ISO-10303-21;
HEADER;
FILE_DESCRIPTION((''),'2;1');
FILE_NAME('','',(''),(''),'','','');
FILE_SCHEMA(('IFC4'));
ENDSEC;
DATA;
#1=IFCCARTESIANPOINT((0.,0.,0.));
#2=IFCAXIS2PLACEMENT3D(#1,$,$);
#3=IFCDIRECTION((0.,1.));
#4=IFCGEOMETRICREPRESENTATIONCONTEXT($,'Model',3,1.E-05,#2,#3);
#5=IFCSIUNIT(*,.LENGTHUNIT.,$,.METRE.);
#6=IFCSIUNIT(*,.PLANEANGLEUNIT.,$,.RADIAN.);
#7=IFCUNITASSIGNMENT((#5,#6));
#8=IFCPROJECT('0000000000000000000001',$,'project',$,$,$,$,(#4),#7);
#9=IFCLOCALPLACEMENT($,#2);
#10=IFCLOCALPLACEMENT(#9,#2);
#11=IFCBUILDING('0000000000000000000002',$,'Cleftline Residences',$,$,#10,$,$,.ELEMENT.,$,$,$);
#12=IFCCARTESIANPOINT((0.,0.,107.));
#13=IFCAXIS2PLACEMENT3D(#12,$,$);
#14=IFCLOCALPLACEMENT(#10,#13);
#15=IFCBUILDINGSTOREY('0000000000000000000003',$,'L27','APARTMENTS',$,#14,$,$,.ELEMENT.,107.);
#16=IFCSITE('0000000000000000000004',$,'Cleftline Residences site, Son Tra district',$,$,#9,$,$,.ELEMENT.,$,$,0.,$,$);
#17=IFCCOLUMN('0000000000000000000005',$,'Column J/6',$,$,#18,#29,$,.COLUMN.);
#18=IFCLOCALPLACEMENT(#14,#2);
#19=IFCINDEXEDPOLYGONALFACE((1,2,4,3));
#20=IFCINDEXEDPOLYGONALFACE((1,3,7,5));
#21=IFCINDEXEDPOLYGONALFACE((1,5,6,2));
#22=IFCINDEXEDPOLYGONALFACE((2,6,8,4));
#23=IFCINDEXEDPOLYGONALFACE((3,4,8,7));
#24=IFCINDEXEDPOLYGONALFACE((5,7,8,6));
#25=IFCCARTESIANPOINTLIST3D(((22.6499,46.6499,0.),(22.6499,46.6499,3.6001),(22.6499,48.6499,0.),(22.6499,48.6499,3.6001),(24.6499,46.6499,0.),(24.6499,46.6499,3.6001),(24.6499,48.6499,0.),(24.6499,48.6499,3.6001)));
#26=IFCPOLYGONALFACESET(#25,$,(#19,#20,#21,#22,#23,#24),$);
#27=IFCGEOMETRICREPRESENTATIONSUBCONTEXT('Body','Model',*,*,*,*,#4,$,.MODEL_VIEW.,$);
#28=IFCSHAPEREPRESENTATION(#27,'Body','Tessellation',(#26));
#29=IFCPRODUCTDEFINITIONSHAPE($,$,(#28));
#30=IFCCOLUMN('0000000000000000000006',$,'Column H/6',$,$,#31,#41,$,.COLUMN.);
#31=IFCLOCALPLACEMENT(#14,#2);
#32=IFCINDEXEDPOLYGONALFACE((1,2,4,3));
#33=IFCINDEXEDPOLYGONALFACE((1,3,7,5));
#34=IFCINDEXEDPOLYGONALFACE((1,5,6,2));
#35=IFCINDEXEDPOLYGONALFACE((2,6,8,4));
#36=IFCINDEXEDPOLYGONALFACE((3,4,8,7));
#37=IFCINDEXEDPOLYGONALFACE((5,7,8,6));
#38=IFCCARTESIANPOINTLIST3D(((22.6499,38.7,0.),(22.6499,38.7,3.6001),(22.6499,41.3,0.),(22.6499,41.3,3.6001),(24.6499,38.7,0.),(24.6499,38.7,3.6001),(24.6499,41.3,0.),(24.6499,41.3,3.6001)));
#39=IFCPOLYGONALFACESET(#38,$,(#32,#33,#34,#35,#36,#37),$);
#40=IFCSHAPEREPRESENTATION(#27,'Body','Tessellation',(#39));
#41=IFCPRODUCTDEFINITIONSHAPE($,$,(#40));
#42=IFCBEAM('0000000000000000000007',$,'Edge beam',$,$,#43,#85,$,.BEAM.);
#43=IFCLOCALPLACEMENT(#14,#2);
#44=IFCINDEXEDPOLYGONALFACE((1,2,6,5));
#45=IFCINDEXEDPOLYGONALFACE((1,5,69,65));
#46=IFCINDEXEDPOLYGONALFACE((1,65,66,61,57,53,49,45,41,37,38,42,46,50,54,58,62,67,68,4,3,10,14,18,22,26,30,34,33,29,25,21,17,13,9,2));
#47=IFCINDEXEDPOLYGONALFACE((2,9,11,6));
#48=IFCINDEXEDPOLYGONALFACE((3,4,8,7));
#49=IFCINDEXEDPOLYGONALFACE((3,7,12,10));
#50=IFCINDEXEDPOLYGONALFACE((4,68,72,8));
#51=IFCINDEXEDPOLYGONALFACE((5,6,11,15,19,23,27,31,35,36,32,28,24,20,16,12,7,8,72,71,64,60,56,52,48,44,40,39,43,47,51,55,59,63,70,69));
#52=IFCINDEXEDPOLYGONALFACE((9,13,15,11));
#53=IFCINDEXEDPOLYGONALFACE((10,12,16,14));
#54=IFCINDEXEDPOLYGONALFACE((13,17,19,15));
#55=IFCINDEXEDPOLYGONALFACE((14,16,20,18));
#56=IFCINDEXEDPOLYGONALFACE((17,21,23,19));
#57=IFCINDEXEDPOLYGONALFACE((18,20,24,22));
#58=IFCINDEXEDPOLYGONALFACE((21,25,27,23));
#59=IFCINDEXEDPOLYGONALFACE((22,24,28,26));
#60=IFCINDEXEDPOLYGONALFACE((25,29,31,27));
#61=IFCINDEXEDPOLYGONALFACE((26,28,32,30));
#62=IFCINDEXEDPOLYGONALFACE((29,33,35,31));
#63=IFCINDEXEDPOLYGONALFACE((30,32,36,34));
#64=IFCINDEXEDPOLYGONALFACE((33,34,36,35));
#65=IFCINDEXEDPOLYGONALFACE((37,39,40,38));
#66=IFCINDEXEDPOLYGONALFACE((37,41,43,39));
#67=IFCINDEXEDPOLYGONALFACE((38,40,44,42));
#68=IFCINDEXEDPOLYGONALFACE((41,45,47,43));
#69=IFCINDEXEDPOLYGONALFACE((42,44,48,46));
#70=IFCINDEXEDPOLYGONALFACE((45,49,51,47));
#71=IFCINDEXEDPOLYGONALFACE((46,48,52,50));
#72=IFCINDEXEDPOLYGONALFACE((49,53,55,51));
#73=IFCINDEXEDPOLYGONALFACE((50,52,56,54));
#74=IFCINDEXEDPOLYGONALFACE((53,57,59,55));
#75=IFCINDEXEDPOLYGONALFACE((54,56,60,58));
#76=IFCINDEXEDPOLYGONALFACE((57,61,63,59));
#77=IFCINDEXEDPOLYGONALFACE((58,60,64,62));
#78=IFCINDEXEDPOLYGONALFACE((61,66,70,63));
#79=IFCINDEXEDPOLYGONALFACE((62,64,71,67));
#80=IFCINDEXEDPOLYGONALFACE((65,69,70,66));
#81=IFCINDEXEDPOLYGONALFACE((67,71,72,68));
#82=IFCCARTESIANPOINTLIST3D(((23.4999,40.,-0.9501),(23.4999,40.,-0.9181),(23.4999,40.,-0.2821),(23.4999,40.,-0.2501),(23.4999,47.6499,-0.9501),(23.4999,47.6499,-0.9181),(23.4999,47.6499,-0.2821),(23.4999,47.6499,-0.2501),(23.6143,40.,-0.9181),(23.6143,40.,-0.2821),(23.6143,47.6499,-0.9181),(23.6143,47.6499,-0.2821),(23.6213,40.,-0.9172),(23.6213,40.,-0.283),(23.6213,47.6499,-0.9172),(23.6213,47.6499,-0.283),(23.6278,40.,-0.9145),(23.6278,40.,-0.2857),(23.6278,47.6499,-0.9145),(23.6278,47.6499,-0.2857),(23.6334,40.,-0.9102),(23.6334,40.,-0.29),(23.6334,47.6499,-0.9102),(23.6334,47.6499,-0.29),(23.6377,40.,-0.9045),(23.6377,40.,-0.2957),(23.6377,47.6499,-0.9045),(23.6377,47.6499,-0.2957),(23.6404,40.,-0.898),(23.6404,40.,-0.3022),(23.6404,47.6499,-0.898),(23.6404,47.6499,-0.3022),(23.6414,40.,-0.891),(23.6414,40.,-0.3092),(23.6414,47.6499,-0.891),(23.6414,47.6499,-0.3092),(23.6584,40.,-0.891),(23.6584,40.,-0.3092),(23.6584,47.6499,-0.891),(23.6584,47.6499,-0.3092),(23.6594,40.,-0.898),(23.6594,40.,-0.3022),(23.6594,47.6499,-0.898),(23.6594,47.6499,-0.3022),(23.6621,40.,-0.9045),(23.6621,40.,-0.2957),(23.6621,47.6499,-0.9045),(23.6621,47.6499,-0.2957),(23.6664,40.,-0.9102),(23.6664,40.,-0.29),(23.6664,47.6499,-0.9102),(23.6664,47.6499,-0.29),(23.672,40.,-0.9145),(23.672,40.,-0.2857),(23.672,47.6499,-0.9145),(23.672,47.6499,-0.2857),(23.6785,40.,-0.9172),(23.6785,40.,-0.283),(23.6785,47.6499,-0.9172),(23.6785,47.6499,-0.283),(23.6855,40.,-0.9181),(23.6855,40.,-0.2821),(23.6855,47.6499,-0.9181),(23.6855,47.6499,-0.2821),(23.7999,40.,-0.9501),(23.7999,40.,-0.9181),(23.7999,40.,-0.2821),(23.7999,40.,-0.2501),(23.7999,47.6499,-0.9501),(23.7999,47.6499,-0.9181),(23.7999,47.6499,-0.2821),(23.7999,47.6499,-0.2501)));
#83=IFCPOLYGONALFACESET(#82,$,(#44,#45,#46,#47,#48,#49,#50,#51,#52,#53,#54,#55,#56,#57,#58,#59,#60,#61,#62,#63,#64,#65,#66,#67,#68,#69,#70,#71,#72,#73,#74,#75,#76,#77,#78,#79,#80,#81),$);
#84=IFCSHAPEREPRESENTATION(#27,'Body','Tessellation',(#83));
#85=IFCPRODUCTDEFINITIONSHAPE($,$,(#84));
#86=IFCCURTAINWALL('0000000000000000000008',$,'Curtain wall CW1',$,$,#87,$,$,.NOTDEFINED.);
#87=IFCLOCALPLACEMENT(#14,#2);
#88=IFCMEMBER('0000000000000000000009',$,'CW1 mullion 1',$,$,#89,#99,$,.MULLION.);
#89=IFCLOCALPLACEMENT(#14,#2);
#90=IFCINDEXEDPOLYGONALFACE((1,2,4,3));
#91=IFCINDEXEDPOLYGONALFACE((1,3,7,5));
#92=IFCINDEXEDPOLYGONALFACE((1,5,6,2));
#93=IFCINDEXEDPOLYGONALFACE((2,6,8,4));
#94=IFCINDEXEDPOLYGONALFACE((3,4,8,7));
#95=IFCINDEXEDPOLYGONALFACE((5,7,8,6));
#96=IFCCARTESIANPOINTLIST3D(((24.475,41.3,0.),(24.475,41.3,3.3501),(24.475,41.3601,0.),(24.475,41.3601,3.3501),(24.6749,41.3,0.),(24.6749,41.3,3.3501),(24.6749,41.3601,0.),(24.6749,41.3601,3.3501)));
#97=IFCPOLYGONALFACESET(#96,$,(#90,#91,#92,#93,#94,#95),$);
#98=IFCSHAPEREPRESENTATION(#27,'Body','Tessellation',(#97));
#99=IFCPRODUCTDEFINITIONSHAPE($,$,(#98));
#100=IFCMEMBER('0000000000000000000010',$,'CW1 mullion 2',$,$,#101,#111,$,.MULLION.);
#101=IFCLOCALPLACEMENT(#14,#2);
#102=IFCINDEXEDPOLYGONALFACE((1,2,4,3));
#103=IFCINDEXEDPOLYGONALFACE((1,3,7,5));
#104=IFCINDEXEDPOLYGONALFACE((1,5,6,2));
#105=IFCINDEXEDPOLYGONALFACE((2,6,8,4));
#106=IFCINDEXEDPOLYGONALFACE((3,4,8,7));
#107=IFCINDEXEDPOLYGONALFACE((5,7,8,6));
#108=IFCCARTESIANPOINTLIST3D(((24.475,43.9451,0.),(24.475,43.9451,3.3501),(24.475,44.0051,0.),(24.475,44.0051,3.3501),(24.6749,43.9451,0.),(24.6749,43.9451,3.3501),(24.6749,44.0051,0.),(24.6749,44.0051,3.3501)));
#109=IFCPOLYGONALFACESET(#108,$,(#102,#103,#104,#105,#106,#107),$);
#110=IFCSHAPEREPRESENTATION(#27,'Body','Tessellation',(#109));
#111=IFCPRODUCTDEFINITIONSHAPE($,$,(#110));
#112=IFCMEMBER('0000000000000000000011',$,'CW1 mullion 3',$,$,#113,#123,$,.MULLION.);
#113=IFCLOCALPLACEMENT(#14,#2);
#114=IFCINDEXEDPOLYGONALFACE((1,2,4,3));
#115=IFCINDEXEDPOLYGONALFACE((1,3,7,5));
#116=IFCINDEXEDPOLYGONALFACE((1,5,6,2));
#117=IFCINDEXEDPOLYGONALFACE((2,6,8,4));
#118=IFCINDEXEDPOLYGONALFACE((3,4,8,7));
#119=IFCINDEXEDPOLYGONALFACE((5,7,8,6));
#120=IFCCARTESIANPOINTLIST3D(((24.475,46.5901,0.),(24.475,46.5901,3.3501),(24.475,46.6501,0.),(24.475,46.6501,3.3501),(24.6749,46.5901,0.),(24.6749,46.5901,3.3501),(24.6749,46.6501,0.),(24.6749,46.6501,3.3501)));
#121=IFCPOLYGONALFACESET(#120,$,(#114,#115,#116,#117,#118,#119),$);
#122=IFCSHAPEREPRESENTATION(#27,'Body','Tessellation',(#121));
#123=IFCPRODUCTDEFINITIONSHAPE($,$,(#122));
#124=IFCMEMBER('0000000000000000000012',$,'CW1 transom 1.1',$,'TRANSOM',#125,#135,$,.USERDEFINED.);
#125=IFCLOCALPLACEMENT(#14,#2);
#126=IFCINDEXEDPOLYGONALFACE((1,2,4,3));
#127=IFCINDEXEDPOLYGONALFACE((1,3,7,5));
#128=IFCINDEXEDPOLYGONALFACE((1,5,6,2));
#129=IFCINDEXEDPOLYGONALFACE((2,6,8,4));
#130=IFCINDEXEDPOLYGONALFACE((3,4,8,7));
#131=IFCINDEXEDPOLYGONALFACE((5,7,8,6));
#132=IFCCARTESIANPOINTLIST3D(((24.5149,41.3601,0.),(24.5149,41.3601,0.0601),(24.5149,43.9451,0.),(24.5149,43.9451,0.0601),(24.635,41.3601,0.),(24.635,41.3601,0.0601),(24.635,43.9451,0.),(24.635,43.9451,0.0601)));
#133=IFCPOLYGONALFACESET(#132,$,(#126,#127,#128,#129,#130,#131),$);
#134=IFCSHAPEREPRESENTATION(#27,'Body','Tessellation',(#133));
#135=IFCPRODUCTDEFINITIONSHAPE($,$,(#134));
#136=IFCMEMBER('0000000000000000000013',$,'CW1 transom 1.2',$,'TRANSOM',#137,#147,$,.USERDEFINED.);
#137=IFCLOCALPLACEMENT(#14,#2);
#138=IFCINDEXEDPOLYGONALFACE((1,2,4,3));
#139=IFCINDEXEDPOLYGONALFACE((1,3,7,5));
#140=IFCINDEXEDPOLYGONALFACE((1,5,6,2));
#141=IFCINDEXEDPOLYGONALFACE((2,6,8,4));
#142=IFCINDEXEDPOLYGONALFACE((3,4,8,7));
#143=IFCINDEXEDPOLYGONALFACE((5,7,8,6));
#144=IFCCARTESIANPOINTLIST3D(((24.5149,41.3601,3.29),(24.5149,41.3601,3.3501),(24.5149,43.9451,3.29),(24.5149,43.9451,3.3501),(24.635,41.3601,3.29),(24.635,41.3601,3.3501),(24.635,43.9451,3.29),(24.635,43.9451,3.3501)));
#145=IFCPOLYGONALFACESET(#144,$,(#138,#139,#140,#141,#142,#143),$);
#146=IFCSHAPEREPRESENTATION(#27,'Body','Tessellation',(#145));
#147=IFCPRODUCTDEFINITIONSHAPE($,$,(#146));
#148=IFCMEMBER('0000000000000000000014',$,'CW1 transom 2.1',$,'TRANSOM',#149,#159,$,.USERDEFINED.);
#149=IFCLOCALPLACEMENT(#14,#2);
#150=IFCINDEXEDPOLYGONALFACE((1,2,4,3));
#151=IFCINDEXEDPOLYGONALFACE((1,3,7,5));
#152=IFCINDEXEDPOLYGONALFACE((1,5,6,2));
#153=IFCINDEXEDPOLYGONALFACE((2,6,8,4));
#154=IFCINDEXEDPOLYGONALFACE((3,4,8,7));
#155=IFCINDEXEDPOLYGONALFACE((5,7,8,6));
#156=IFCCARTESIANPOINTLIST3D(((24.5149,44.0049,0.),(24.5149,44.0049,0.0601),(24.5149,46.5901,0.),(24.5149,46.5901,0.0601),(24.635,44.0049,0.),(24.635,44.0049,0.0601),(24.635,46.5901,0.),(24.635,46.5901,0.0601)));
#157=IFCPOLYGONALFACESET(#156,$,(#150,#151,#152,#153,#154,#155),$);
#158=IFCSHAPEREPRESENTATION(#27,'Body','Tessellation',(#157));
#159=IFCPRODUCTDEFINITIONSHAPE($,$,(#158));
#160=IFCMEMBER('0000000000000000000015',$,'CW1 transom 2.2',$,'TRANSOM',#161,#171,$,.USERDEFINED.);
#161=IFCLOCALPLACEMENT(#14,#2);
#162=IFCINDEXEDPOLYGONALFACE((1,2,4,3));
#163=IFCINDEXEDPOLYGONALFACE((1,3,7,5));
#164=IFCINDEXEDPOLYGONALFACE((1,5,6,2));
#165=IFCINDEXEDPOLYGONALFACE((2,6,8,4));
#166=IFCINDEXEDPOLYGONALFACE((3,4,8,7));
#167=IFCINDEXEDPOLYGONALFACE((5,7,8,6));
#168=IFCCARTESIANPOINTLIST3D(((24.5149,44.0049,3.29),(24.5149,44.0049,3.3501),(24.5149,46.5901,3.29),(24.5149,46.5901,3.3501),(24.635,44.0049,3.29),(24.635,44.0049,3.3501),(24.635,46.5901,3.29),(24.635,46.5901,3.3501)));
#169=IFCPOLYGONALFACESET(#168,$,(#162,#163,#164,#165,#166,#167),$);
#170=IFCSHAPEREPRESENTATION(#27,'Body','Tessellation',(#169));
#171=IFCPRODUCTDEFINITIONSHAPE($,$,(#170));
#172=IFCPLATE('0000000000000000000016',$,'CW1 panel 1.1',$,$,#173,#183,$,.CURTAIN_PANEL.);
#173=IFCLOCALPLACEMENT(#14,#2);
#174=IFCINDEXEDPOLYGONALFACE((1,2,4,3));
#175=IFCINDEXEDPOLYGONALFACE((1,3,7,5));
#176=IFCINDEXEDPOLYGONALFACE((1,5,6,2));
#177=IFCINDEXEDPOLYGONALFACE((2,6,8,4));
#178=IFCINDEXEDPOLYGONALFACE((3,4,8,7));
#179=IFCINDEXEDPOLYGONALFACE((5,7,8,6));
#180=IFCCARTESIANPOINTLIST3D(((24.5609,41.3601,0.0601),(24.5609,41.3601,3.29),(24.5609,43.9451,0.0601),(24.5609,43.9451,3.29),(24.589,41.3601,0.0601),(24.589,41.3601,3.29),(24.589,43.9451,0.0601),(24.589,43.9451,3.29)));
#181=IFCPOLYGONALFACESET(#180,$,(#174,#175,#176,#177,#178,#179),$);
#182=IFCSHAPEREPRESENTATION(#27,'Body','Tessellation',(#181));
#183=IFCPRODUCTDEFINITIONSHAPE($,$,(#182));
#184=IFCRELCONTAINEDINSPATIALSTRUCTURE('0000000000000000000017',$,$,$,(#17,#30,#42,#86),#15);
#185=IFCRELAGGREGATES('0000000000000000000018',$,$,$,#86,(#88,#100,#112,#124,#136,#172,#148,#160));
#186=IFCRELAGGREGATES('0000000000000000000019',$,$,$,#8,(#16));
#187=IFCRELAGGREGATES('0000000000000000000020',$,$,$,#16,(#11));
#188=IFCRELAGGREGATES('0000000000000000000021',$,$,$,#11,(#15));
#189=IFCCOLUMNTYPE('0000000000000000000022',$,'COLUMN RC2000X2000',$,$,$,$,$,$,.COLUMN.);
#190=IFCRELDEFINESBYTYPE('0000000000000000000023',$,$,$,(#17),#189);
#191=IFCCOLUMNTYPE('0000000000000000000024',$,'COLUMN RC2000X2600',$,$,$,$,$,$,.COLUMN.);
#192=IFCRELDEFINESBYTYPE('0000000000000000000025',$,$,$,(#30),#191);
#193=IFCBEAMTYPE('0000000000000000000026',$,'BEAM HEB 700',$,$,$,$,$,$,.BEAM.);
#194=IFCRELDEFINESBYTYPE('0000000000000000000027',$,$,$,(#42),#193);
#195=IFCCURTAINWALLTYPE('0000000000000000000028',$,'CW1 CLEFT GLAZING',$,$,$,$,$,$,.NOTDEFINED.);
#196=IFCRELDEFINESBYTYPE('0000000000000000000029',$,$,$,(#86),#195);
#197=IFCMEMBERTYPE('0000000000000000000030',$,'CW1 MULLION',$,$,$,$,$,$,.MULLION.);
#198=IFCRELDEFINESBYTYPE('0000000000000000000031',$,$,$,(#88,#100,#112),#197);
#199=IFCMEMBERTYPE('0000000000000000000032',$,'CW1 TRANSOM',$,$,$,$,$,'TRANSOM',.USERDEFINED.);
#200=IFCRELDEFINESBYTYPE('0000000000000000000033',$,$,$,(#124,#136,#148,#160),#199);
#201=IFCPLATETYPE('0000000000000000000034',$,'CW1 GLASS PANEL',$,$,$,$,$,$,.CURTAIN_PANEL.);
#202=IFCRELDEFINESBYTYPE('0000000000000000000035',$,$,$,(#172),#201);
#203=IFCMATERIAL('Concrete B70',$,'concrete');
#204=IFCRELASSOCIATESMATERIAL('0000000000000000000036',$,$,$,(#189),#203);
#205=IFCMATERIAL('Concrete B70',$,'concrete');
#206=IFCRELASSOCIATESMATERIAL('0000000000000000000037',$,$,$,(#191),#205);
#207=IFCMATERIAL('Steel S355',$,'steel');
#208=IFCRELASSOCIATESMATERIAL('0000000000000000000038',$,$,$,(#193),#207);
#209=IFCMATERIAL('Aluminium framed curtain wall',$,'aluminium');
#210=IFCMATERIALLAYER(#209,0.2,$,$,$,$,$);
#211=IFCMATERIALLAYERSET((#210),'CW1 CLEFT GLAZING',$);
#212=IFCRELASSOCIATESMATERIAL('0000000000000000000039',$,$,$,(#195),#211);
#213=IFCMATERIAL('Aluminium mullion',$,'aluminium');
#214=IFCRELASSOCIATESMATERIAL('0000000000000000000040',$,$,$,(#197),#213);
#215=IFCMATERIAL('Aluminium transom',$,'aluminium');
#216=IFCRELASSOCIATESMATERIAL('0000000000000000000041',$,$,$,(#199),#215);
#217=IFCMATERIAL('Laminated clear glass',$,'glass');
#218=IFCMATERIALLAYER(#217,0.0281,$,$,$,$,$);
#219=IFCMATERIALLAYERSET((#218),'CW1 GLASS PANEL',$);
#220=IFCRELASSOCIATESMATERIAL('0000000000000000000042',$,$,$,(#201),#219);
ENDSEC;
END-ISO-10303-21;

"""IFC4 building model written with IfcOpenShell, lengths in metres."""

from ifc_helpers import new_model, si_unit, direction, frame, origin, origin_2d, place, context, subcontext, project, spatial, rectangle, i_section, extrude, material, layer, layer_set, material_profile, profile_set, type_object, element, aggregate, save


model = new_model("IFC4")

# Units and contexts
model_context = context("Model", 3, precision=1e-05, world=origin(), true_north=direction((0.0, 1.0)))
body_context = subcontext(model_context, "Body", "Model", "MODEL_VIEW")
ifc_project = project(units=[si_unit("LENGTHUNIT", "METRE"), si_unit("PLANEANGLEUNIT", "RADIAN")], contexts=[model_context])

# Site, building, storey
site_placement = place(None, origin())
site = spatial("IfcSite", under=ifc_project, at=site_placement, Name="Cleftline Residences site, Son Tra district", CompositionType="ELEMENT", RefElevation=0.0)
building_placement = place(site_placement, origin())
building = spatial("IfcBuilding", under=site, at=building_placement, Name="Cleftline Residences", CompositionType="ELEMENT")
storey_placement = place(building_placement, frame((0.0, 0.0, 107.0)))
storey = spatial("IfcBuildingStorey", under=building, at=storey_placement, Name="L27", Description="APARTMENTS", CompositionType="ELEMENT", Elevation=107.0)

# Columns
ifc_material_1 = material(Name="Concrete B70", Category="concrete")
ifc_material_profile_1 = material_profile(ifc_material_1, rectangle(XDim=2.0, YDim=2.0, at=origin_2d()))
ifc_profile_set_1 = profile_set([ifc_material_profile_1], Name="Concrete B70")
column_type_1 = type_object("IfcColumnType", Name="COLUMN RC2000X2000", PredefinedType="COLUMN", material=ifc_profile_set_1)
column_1_placement = place(storey_placement, frame((23.6499, 47.6499, 0.0), z_axis=(0.0, 0.0, 1.0), x_axis=(1.0, 0.0, 0.0)))
element("IfcColumn", 1, at=column_1_placement, inside=storey, type_object=column_type_1, Name="Column J/6", PredefinedType="COLUMN", context=body_context, shape_type="SweptSolid", body=[
    extrude(rectangle(XDim=2.0, YDim=2.0, at=origin_2d()), origin(), (0.0, 0.0, 1.0), 3.6001),
])
ifc_material_2 = material(Name="Concrete B70", Category="concrete")
ifc_material_profile_2 = material_profile(ifc_material_2, rectangle(XDim=2.0, YDim=2.6001, at=origin_2d()))
ifc_profile_set_2 = profile_set([ifc_material_profile_2], Name="Concrete B70")
column_type_2 = type_object("IfcColumnType", Name="COLUMN RC2000X2600", PredefinedType="COLUMN", material=ifc_profile_set_2)
column_2_placement = place(storey_placement, frame((23.6499, 40.0, 0.0), z_axis=(0.0, 0.0, 1.0), x_axis=(1.0, 0.0, 0.0)))
element("IfcColumn", 2, at=column_2_placement, inside=storey, type_object=column_type_2, Name="Column H/6", PredefinedType="COLUMN", context=body_context, shape_type="SweptSolid", body=[
    extrude(rectangle(XDim=2.0, YDim=2.6001, at=origin_2d()), origin(), (0.0, 0.0, 1.0), 3.6001),
])

# Beam
ifc_material_3 = material(Name="Steel S355", Category="steel")
ifc_material_profile_3 = material_profile(ifc_material_3, i_section(OverallWidth=0.3, OverallDepth=0.7, WebThickness=0.0171, FlangeThickness=0.032, FilletRadius=0.0271, at=origin_2d()))
ifc_profile_set_3 = profile_set([ifc_material_profile_3], Name="Steel S355")
beam_type = type_object("IfcBeamType", Name="BEAM HEB 700", PredefinedType="BEAM", material=ifc_profile_set_3)
beam_placement = place(storey_placement, frame((23.6499, 47.6499, -0.6001), z_axis=(0.0, -1.0, 0.0), x_axis=(1.0, 0.0, 0.0)))
element("IfcBeam", 3, at=beam_placement, inside=storey, type_object=beam_type, Name="Edge beam", PredefinedType="BEAM", context=body_context, shape_type="SweptSolid", body=[
    extrude(i_section(OverallWidth=0.3, OverallDepth=0.7, WebThickness=0.0171, FlangeThickness=0.032, FilletRadius=0.0271, at=origin_2d()), origin(), (0.0, 0.0, 1.0), 7.6499),
])

# Curtain wall, members, plate
ifc_material_4 = material(Name="Aluminium framed curtain wall", Category="aluminium")
ifc_layer_1 = layer(ifc_material_4, 0.2)
ifc_layer_set_1 = layer_set([ifc_layer_1], Name="CW1 CLEFT GLAZING")
curtain_wall_type = type_object("IfcCurtainWallType", Name="CW1 CLEFT GLAZING", PredefinedType="NOTDEFINED", material=ifc_layer_set_1)
curtain_wall_placement = place(storey_placement, origin())
curtain_wall = element("IfcCurtainWall", 4, at=curtain_wall_placement, inside=storey, type_object=curtain_wall_type, Name="Curtain wall CW1", PredefinedType="NOTDEFINED")
ifc_material_5 = material(Name="Aluminium mullion", Category="aluminium")
ifc_material_profile_4 = material_profile(ifc_material_5, rectangle(XDim=0.2, YDim=0.0601, at=origin_2d()))
ifc_profile_set_4 = profile_set([ifc_material_profile_4], Name="Aluminium mullion")
member_type_1 = type_object("IfcMemberType", Name="CW1 MULLION", PredefinedType="MULLION", material=ifc_profile_set_4)
member_1_placement = place(storey_placement, frame((24.575, 41.3301, 0.0), z_axis=(0.0, 0.0, 1.0), x_axis=(-1.0, 0.0, 0.0)))
member_1 = element("IfcMember", 5, at=member_1_placement, type_object=member_type_1, Name="CW1 mullion 1", PredefinedType="MULLION", context=body_context, shape_type="SweptSolid", body=[
    extrude(rectangle(XDim=0.2, YDim=0.0601, at=origin_2d()), origin(), (0.0, 0.0, 1.0), 3.3501),
])
member_2_placement = place(storey_placement, frame((24.575, 43.9751, 0.0), z_axis=(0.0, 0.0, 1.0), x_axis=(-1.0, 0.0, 0.0)))
member_2 = element("IfcMember", 6, at=member_2_placement, type_object=member_type_1, Name="CW1 mullion 2", PredefinedType="MULLION", context=body_context, shape_type="SweptSolid", body=[
    extrude(rectangle(XDim=0.2, YDim=0.0601, at=origin_2d()), origin(), (0.0, 0.0, 1.0), 3.3501),
])
member_3_placement = place(storey_placement, frame((24.575, 46.6201, 0.0), z_axis=(0.0, 0.0, 1.0), x_axis=(-1.0, 0.0, 0.0)))
member_3 = element("IfcMember", 7, at=member_3_placement, type_object=member_type_1, Name="CW1 mullion 3", PredefinedType="MULLION", context=body_context, shape_type="SweptSolid", body=[
    extrude(rectangle(XDim=0.2, YDim=0.0601, at=origin_2d()), origin(), (0.0, 0.0, 1.0), 3.3501),
])
ifc_material_6 = material(Name="Aluminium transom", Category="aluminium")
ifc_material_profile_5 = material_profile(ifc_material_6, rectangle(XDim=0.1201, YDim=0.0601, at=origin_2d()))
ifc_profile_set_5 = profile_set([ifc_material_profile_5], Name="Aluminium transom")
member_type_2 = type_object("IfcMemberType", Name="CW1 TRANSOM", ElementType="TRANSOM", PredefinedType="USERDEFINED", material=ifc_profile_set_5)
member_4_placement = place(storey_placement, frame((24.575, 41.3601, 0.03), z_axis=(0.0, 1.0, 0.0), x_axis=(-1.0, 0.0, 0.0)))
member_4 = element("IfcMember", 8, at=member_4_placement, type_object=member_type_2, Name="CW1 transom 1.1", ObjectType="TRANSOM", PredefinedType="USERDEFINED", context=body_context, shape_type="SweptSolid", body=[
    extrude(rectangle(XDim=0.1201, YDim=0.0601, at=origin_2d()), origin(), (0.0, 0.0, 1.0), 2.585),
])
member_5_placement = place(storey_placement, frame((24.575, 41.3601, 3.3201), z_axis=(0.0, 1.0, 0.0), x_axis=(-1.0, 0.0, 0.0)))
member_5 = element("IfcMember", 9, at=member_5_placement, type_object=member_type_2, Name="CW1 transom 1.2", ObjectType="TRANSOM", PredefinedType="USERDEFINED", context=body_context, shape_type="SweptSolid", body=[
    extrude(rectangle(XDim=0.1201, YDim=0.0601, at=origin_2d()), origin(), (0.0, 0.0, 1.0), 2.585),
])
member_6_placement = place(storey_placement, frame((24.575, 44.0049, 0.03), z_axis=(0.0, 1.0, 0.0), x_axis=(-1.0, 0.0, 0.0)))
member_6 = element("IfcMember", 10, at=member_6_placement, type_object=member_type_2, Name="CW1 transom 2.1", ObjectType="TRANSOM", PredefinedType="USERDEFINED", context=body_context, shape_type="SweptSolid", body=[
    extrude(rectangle(XDim=0.1201, YDim=0.0601, at=origin_2d()), origin(), (0.0, 0.0, 1.0), 2.5852),
])
member_7_placement = place(storey_placement, frame((24.575, 44.0049, 3.3201), z_axis=(0.0, 1.0, 0.0), x_axis=(-1.0, 0.0, 0.0)))
member_7 = element("IfcMember", 11, at=member_7_placement, type_object=member_type_2, Name="CW1 transom 2.2", ObjectType="TRANSOM", PredefinedType="USERDEFINED", context=body_context, shape_type="SweptSolid", body=[
    extrude(rectangle(XDim=0.1201, YDim=0.0601, at=origin_2d()), origin(), (0.0, 0.0, 1.0), 2.5852),
])
ifc_material_7 = material(Name="Laminated clear glass", Category="glass")
ifc_layer_2 = layer(ifc_material_7, 0.0281)
ifc_layer_set_2 = layer_set([ifc_layer_2], Name="CW1 GLASS PANEL")
plate_type = type_object("IfcPlateType", Name="CW1 GLASS PANEL", PredefinedType="CURTAIN_PANEL", material=ifc_layer_set_2)
plate_1_placement = place(storey_placement, frame((24.575, 42.6526, 0.0601), z_axis=(0.0, 0.0, 1.0), x_axis=(0.0, 1.0, 0.0)))
plate_1 = element("IfcPlate", 12, at=plate_1_placement, type_object=plate_type, Name="CW1 panel 1.1", PredefinedType="CURTAIN_PANEL", context=body_context, shape_type="SweptSolid", body=[
    extrude(rectangle(XDim=2.585, YDim=0.0281, at=origin_2d()), origin(), (0.0, 0.0, 1.0), 3.23),
])
aggregate(curtain_wall, [member_1, member_2, member_3, member_4, member_5, plate_1, member_6, member_7])

save(model, "model.ifc")
